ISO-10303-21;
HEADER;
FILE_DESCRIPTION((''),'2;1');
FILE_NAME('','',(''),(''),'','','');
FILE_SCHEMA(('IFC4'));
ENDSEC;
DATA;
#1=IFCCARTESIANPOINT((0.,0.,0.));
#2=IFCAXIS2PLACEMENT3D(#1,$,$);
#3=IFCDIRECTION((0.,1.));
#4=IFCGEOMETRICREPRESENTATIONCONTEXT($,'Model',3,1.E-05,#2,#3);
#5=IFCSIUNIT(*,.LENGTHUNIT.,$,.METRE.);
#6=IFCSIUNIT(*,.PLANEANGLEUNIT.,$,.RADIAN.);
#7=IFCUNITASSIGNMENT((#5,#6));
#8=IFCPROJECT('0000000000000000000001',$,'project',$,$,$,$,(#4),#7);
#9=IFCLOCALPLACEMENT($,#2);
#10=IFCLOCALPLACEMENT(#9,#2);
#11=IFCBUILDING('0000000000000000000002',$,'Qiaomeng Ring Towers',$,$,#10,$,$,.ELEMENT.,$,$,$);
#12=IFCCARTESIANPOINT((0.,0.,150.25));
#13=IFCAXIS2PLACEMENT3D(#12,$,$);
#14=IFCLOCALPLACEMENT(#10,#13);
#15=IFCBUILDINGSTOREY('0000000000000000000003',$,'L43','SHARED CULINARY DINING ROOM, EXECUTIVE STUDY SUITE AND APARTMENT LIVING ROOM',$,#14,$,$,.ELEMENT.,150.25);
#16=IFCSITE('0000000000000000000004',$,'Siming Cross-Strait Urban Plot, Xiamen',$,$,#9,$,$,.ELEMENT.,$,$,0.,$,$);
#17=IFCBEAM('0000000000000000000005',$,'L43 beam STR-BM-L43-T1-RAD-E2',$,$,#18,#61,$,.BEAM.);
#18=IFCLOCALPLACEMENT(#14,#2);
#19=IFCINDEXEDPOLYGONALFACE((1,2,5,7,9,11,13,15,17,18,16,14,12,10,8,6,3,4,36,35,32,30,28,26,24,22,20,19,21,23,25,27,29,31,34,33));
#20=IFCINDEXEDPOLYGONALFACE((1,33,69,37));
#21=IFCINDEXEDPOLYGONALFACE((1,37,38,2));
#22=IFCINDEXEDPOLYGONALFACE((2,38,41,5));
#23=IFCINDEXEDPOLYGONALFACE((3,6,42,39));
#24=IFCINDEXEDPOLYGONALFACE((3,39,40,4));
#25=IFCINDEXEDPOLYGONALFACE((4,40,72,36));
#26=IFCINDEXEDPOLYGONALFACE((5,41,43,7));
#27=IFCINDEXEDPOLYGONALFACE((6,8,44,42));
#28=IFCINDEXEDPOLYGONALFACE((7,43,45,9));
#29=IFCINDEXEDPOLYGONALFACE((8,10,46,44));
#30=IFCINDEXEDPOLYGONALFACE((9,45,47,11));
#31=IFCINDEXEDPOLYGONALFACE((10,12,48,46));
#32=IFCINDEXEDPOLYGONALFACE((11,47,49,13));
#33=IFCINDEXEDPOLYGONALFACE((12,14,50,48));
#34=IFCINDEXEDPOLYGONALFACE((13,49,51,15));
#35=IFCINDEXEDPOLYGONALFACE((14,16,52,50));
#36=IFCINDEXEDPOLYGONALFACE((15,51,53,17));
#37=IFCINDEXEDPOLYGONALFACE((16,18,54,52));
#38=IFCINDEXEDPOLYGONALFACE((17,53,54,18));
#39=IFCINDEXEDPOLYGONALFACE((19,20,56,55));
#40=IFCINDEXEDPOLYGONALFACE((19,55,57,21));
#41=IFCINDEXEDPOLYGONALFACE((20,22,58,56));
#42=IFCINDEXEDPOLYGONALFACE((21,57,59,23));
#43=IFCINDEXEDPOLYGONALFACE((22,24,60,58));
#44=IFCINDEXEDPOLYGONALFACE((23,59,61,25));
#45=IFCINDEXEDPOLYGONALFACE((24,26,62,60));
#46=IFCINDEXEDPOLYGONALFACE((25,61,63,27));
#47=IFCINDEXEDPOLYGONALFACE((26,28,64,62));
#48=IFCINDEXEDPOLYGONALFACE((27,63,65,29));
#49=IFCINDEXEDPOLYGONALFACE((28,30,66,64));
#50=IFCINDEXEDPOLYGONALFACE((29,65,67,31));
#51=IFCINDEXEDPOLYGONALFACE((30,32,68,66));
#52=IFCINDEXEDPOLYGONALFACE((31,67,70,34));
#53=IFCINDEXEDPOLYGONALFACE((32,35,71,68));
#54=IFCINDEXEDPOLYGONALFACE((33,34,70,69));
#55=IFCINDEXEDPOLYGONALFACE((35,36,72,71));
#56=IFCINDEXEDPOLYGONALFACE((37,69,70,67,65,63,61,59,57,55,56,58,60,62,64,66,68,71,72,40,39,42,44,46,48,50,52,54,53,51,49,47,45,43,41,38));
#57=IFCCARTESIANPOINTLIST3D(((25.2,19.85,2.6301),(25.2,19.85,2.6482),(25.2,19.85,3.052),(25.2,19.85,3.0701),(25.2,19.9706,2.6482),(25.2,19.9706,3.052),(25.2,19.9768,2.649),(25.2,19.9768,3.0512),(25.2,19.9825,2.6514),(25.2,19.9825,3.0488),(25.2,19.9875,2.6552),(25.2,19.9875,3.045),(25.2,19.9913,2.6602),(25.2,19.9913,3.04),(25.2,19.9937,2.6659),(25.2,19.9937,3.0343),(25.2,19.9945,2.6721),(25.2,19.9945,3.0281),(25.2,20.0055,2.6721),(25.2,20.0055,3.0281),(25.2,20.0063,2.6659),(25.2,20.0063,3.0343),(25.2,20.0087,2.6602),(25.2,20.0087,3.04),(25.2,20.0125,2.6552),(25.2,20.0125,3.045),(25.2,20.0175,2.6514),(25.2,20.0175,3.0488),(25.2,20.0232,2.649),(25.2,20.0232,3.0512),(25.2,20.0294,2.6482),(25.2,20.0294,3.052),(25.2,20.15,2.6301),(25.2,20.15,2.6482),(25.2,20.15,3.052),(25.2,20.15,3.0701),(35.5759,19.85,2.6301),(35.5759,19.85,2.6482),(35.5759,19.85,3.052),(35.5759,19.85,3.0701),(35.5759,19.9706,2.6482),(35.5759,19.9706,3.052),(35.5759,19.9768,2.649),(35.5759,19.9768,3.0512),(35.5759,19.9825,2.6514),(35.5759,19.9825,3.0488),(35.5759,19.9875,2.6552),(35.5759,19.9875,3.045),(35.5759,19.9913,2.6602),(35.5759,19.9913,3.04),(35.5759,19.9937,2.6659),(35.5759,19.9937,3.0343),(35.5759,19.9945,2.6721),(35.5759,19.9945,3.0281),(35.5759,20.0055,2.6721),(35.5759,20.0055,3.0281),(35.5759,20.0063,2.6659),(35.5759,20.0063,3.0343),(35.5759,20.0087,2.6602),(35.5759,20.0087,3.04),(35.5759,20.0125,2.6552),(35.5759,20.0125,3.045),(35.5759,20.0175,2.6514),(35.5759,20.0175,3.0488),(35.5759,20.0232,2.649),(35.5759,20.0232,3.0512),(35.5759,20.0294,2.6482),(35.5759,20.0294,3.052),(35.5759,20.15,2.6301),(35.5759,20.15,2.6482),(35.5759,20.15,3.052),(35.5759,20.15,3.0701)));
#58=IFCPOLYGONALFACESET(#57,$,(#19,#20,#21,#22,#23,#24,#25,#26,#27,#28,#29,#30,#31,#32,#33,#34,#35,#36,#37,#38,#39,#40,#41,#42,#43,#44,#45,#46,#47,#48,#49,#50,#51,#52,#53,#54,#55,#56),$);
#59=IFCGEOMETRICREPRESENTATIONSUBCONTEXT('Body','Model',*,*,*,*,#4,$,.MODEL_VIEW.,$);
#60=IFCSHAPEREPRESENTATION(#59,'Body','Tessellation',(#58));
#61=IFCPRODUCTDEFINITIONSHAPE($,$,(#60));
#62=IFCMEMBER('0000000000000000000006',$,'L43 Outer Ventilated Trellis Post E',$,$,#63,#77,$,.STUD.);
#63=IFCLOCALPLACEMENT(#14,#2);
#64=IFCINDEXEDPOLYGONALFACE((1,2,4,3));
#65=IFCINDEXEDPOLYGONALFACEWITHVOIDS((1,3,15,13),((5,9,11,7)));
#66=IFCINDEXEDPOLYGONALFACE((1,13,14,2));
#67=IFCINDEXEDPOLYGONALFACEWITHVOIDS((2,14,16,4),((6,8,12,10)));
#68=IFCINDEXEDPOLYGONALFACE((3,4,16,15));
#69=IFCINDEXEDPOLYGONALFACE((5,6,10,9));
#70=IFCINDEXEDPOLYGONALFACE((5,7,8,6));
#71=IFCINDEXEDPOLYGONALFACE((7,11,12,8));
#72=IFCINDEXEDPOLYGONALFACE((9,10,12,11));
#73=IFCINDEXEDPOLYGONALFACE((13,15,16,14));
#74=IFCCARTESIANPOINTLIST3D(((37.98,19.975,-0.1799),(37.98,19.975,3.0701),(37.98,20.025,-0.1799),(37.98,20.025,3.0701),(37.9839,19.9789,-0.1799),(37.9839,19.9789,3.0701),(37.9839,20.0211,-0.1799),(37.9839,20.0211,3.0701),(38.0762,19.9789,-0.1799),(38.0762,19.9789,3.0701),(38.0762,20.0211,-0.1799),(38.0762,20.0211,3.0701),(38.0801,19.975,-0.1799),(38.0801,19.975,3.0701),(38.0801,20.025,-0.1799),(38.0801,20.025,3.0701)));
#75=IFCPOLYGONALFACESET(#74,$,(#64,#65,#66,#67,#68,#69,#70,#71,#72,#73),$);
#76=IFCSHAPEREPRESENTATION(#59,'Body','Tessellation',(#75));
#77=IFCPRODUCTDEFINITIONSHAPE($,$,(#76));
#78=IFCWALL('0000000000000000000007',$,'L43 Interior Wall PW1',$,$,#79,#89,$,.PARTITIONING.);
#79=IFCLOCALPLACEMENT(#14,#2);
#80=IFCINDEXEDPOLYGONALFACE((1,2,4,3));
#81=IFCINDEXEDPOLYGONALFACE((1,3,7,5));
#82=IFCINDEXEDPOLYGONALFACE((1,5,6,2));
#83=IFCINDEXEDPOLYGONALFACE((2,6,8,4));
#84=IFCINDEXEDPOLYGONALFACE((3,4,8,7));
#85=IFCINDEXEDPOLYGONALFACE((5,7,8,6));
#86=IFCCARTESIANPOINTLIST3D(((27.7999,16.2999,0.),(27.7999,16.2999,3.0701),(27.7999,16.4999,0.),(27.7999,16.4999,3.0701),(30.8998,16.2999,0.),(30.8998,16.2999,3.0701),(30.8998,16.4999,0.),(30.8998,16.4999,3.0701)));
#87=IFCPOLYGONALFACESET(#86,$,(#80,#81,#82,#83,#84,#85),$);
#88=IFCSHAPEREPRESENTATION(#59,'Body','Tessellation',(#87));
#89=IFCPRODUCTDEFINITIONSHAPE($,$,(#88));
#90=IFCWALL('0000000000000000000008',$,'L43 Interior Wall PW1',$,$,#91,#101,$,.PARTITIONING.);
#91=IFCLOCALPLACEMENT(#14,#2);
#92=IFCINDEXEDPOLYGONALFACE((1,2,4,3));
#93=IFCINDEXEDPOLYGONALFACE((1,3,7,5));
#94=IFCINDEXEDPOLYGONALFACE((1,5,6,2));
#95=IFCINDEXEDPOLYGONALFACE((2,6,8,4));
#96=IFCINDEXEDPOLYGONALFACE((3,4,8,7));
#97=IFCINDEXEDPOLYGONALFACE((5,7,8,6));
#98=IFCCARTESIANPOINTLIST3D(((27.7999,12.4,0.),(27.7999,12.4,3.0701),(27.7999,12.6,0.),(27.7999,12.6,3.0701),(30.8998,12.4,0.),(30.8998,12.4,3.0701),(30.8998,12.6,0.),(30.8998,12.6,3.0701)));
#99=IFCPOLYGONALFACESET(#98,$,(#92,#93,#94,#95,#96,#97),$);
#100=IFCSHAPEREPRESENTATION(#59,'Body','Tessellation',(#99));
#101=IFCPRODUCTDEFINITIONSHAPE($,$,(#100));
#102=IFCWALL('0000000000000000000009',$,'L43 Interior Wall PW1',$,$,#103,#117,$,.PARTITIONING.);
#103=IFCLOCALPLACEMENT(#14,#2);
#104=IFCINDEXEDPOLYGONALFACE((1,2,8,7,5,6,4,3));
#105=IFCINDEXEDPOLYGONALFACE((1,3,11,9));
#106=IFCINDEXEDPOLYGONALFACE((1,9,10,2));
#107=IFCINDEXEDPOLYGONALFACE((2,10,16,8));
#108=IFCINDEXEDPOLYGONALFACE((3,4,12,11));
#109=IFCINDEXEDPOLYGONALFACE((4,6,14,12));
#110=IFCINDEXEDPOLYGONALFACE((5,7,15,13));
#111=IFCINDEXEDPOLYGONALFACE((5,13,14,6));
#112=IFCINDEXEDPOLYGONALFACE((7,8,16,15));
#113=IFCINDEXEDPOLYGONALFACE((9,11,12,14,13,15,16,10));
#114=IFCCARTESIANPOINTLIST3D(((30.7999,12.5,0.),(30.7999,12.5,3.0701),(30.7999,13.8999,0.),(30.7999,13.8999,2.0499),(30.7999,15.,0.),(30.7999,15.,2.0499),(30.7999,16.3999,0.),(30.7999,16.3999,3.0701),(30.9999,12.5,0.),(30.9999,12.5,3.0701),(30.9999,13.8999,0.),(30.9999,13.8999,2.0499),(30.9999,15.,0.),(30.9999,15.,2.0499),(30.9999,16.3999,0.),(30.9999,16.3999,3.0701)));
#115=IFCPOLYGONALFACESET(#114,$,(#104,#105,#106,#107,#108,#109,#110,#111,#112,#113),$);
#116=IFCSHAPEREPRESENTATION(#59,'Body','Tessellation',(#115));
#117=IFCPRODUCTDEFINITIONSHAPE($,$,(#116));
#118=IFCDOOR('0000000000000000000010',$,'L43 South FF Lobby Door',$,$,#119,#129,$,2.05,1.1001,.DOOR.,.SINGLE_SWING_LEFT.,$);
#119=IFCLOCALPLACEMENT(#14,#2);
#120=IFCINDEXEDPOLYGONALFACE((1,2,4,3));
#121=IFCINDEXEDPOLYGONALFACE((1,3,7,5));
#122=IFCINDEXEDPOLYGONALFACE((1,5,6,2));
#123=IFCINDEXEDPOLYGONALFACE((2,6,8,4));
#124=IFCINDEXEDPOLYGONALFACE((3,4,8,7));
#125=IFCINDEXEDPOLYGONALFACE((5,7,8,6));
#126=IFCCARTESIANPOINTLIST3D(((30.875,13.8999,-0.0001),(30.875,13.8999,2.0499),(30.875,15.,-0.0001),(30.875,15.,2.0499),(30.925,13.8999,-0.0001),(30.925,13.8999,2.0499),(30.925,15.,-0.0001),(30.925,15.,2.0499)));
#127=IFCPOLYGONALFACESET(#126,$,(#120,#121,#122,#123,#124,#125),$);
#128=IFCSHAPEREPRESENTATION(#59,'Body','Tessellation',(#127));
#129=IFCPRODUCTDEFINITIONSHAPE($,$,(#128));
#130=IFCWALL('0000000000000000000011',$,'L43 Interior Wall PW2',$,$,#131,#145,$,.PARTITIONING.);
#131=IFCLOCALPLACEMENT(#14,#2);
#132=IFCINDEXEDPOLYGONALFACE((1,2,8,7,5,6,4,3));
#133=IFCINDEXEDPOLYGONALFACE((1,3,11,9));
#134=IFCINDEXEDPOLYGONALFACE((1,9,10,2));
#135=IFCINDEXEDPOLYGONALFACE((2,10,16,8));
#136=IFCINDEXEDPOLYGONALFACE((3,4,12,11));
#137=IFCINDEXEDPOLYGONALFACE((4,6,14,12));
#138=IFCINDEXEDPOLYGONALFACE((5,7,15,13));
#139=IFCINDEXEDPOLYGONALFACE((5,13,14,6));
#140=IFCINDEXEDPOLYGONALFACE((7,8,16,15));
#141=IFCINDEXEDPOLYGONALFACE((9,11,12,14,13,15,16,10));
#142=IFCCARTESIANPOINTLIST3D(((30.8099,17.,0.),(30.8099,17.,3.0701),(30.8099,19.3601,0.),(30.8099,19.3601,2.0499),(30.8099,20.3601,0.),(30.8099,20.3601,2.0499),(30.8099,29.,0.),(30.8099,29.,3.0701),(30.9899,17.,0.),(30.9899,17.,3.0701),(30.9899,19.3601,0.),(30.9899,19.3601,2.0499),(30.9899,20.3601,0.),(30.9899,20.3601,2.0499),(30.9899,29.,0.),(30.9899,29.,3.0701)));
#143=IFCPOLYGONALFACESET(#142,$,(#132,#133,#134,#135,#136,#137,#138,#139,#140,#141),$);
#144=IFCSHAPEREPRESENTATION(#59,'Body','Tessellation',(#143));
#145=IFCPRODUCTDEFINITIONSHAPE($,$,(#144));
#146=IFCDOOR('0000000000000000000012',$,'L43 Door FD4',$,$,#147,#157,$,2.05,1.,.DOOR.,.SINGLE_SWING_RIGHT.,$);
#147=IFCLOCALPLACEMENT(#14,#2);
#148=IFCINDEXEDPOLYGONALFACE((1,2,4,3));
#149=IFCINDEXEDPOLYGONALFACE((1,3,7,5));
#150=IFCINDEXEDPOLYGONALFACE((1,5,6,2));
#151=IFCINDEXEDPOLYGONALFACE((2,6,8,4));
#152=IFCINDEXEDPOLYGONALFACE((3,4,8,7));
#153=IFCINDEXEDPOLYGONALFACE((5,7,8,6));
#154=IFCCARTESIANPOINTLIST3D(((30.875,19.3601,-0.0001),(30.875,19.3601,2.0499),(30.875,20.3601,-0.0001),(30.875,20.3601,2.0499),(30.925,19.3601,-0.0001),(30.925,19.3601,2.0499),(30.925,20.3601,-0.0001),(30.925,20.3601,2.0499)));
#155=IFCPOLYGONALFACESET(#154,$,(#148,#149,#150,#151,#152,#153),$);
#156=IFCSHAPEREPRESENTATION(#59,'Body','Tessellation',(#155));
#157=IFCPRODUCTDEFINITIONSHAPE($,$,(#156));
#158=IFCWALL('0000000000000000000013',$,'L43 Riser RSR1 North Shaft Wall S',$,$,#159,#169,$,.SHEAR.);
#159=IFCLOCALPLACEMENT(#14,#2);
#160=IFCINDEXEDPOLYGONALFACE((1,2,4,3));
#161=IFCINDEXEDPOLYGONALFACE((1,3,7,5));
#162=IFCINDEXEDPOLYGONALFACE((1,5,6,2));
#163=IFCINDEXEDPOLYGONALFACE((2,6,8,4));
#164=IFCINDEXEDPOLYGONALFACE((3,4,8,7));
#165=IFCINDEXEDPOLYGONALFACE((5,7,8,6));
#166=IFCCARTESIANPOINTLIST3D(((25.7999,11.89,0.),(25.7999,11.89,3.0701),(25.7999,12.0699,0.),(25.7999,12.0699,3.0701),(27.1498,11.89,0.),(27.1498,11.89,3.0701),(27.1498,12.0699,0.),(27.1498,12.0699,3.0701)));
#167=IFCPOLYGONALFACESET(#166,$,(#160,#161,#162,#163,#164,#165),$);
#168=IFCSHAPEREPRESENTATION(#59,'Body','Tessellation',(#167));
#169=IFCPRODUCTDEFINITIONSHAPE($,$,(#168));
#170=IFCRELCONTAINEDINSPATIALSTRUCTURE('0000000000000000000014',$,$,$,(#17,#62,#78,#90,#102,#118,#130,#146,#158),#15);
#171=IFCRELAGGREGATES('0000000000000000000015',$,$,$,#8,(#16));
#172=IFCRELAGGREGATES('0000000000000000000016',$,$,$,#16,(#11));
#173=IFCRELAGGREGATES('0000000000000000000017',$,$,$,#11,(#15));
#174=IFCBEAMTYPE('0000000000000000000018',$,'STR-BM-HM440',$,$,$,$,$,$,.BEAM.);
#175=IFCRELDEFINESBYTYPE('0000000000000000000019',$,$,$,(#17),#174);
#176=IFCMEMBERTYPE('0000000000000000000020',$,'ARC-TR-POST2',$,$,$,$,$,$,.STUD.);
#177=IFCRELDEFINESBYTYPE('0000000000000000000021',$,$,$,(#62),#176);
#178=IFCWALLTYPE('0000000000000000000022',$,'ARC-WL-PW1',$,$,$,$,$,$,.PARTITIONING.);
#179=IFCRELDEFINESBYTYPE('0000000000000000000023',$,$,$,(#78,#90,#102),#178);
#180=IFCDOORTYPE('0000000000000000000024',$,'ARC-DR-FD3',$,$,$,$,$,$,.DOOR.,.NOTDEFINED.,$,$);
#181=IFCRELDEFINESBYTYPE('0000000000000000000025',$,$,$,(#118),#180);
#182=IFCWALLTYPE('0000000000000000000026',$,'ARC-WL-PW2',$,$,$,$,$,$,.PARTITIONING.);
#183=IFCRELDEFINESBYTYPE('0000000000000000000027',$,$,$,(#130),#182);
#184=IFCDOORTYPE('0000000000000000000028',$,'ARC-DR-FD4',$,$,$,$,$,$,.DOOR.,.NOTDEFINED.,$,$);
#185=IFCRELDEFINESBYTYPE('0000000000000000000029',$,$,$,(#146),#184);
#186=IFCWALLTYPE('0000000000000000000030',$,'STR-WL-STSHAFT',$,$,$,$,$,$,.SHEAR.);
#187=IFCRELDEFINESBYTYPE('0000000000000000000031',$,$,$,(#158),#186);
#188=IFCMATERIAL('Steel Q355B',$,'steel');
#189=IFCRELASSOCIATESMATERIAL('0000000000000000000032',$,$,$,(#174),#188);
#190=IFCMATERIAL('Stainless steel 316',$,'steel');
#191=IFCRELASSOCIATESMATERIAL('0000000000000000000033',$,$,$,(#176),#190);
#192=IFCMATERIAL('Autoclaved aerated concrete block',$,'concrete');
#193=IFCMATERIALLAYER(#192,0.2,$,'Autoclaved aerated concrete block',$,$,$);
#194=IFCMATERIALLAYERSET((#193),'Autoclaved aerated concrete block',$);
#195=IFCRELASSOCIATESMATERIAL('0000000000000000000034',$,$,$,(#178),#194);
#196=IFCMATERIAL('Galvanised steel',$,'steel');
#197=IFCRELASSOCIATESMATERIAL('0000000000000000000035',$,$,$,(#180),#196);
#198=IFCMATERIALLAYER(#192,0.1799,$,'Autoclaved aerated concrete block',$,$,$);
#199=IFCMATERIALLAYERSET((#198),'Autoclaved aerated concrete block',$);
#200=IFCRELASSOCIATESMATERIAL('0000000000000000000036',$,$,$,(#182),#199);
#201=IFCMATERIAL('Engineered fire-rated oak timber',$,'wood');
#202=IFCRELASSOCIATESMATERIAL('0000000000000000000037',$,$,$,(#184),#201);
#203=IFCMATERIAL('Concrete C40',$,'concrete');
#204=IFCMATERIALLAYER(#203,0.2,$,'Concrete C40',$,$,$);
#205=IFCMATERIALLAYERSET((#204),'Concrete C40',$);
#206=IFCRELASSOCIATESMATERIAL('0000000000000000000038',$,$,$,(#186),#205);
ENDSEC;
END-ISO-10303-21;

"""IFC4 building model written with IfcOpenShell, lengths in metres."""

from ifc_helpers import new_model, si_unit, direction, frame, frame_2d, origin, origin_2d, place, context, subcontext, project, spatial, rectangle, hollow_rectangle, i_section, extrude, source, transform, mapped, material, layer, layer_set, material_profile, profile_set, type_object, element, fill, save


model = new_model("IFC4")

# Units and contexts
model_context = context("Model", 3, precision=1e-05, world=origin(), true_north=direction((0.0, 1.0)))
body_context = subcontext(model_context, "Body", "Model", "MODEL_VIEW")
ifc_project = project(units=[si_unit("LENGTHUNIT", "METRE"), si_unit("PLANEANGLEUNIT", "RADIAN")], contexts=[model_context])

# Site, building, storey
site_placement = place(None, origin())
site = spatial("IfcSite", under=ifc_project, at=site_placement, Name="Siming Cross-Strait Urban Plot, Xiamen", CompositionType="ELEMENT", RefElevation=0.0)
building_placement = place(site_placement, origin())
building = spatial("IfcBuilding", under=site, at=building_placement, Name="Qiaomeng Ring Towers", CompositionType="ELEMENT")
storey_placement = place(building_placement, frame((0.0, 0.0, 150.25)))
storey = spatial("IfcBuildingStorey", under=building, at=storey_placement, Name="L43", Description="SHARED CULINARY DINING ROOM, EXECUTIVE STUDY SUITE AND APARTMENT LIVING ROOM", CompositionType="ELEMENT", Elevation=150.25)

# Beam
ifc_material_1 = material(Name="Steel Q355B", Category="steel")
ifc_material_profile_1 = material_profile(ifc_material_1, i_section(OverallWidth=0.3, OverallDepth=0.4399, WebThickness=0.011, FlangeThickness=0.0181, FilletRadius=0.0239, at=origin_2d()), Name="HM 440x300x11x18")
ifc_profile_set_1 = profile_set([ifc_material_profile_1], Name="Steel Q355B")
beam_type_1 = type_object("IfcBeamType", Name="STR-BM-HM440", PredefinedType="BEAM", material=ifc_profile_set_1)
shared_shape_1 = source(origin(), body_context, "Body", "SweptSolid", [
    extrude(i_section(OverallWidth=0.3, OverallDepth=0.4399, WebThickness=0.011, FlangeThickness=0.0181, FilletRadius=0.0239, at=origin_2d()), origin(), (0.0, 0.0, 1.0), 10.376),
])
beam_1_placement = place(storey_placement, frame((25.2, 20.0, 2.8501), z_axis=(1.0, 0.0, 0.0), x_axis=(0.0, 1.0, 0.0)))
element("IfcBeam", 1, at=beam_1_placement, inside=storey, type_object=beam_type_1, Name="L43 beam STR-BM-L43-T1-RAD-E2", PredefinedType="BEAM", context=body_context, shape_type="MappedRepresentation", body=[
    mapped(shared_shape_1, transform((0.0, 0.0, 0.0), x_axis=(1.0, 0.0, 0.0), y_axis=(0.0, 1.0, 0.0), z_axis=(0.0, 0.0, 1.0), scale=1.0)),
])

# Member
ifc_material_2 = material(Name="Stainless steel 316", Category="steel")
ifc_material_profile_2 = material_profile(ifc_material_2, hollow_rectangle(XDim=0.05, YDim=0.1001, WallThickness=0.0039, at=origin_2d()), Name="SS TRELLIS 100x50")
ifc_profile_set_2 = profile_set([ifc_material_profile_2], Name="Stainless steel 316")
member_type = type_object("IfcMemberType", Name="ARC-TR-POST2", PredefinedType="STUD", material=ifc_profile_set_2)
shared_shape_2 = source(origin(), body_context, "Body", "SweptSolid", [
    extrude(hollow_rectangle(XDim=0.05, YDim=0.1001, WallThickness=0.0039, at=origin_2d()), origin(), (0.0, 0.0, 1.0), 3.25),
])
member_placement = place(storey_placement, frame((38.03, 20.0, -0.1799), z_axis=(0.0, 0.0, 1.0), x_axis=(0.0, 1.0, 0.0)))
element("IfcMember", 2, at=member_placement, inside=storey, type_object=member_type, Name="L43 Outer Ventilated Trellis Post E", PredefinedType="STUD", context=body_context, shape_type="MappedRepresentation", body=[
    mapped(shared_shape_2, transform((0.0, 0.0, 0.0), x_axis=(1.0, 0.0, 0.0), y_axis=(0.0, 1.0, 0.0), z_axis=(0.0, 0.0, 1.0), scale=1.0)),
])

# Walls
ifc_material_3 = material(Name="Autoclaved aerated concrete block", Category="concrete")
ifc_layer_1 = layer(ifc_material_3, 0.2, Name="Autoclaved aerated concrete block")
ifc_layer_set_1 = layer_set([ifc_layer_1], Name="Autoclaved aerated concrete block")
wall_type_1 = type_object("IfcWallType", Name="ARC-WL-PW1", PredefinedType="PARTITIONING", material=ifc_layer_set_1)
for number, where, z_axis, x_axis, name in (
    (3, (27.8, 16.3999, 0.0), (0.0, 0.0, 1.0), (1.0, 0.0, 0.0), "L43 Interior Wall PW1"),
    (4, (27.8, 12.5, 0.0), (0.0, 0.0, 1.0), (1.0, 0.0, 0.0), "L43 Interior Wall PW1"),
):
    element("IfcWall", number, at=place(storey_placement, frame(where, z_axis=z_axis, x_axis=x_axis)), inside=storey, type_object=wall_type_1, Name=name, PredefinedType="PARTITIONING", context=body_context, shape_type="SweptSolid", body=[
        extrude(rectangle(XDim=3.0999, YDim=0.2, at=frame_2d((1.5498, 0.0))), origin(), (0.0, 0.0, 1.0), 3.0701),
    ])

# Walls, openings, doors
wall_1_placement = place(storey_placement, frame((30.8999, 12.5, 0.0), z_axis=(0.0, 0.0, 1.0), x_axis=(0.0, 1.0, 0.0)))
wall_1 = element("IfcWall", 5, at=wall_1_placement, inside=storey, type_object=wall_type_1, Name="L43 Interior Wall PW1", PredefinedType="PARTITIONING", context=body_context, shape_type="SweptSolid", body=[
    extrude(rectangle(XDim=3.8999, YDim=0.2, at=frame_2d((1.95, 0.0))), origin(), (0.0, 0.0, 1.0), 3.0701),
])
opening_1_placement = place(wall_1_placement, frame((1.3999, 0.0, 0.0)))
opening_1 = element("IfcOpeningElement", 6, at=opening_1_placement, cuts=wall_1, PredefinedType="OPENING", context=body_context, shape_type="SweptSolid", body=[
    extrude(rectangle(XDim=1.1001, YDim=2.05, at=frame_2d((0.55, 1.0249))), frame((0.0, 0.1099, 0.0), z_axis=(0.0, -1.0, 0.0), x_axis=(1.0, 0.0, 0.0)), (0.0, 0.0, 1.0), 0.22),
])
ifc_material_4 = material(Name="Galvanised steel", Category="steel")
door_type_1 = type_object("IfcDoorType", Name="ARC-DR-FD3", OperationType="NOTDEFINED", PredefinedType="DOOR", material=ifc_material_4)
shared_shape_3 = source(origin(), body_context, "Body", "SweptSolid", [
    extrude(rectangle(XDim=1.1001, YDim=2.05, at=frame_2d((0.55, 1.0249))), frame((0.0, 0.0249, 0.0), z_axis=(0.0, -1.0, 0.0), x_axis=(1.0, 0.0, 0.0)), (0.0, 0.0, 1.0), 0.05),
])
door_1_placement = place(opening_1_placement, origin())
door_1 = element("IfcDoor", 7, at=door_1_placement, inside=storey, type_object=door_type_1, Name="L43 South FF Lobby Door", OperationType="SINGLE_SWING_LEFT", OverallHeight=2.05, OverallWidth=1.1001, PredefinedType="DOOR", context=body_context, shape_type="MappedRepresentation", body=[
    mapped(shared_shape_3, transform((0.0, 0.0, 0.0), x_axis=(1.0, 0.0, 0.0), y_axis=(0.0, 1.0, 0.0), z_axis=(0.0, 0.0, 1.0), scale=1.0)),
])
fill(opening_1, door_1)
ifc_layer_2 = layer(ifc_material_3, 0.1799, Name="Autoclaved aerated concrete block")
ifc_layer_set_2 = layer_set([ifc_layer_2], Name="Autoclaved aerated concrete block")
wall_type_2 = type_object("IfcWallType", Name="ARC-WL-PW2", PredefinedType="PARTITIONING", material=ifc_layer_set_2)
wall_2_placement = place(storey_placement, frame((30.8999, 17.0, 0.0), z_axis=(0.0, 0.0, 1.0), x_axis=(0.0, 1.0, 0.0)))
wall_2 = element("IfcWall", 8, at=wall_2_placement, inside=storey, type_object=wall_type_2, Name="L43 Interior Wall PW2", PredefinedType="PARTITIONING", context=body_context, shape_type="SweptSolid", body=[
    extrude(rectangle(XDim=12.0, YDim=0.1799, at=frame_2d((6.0, 0.0))), origin(), (0.0, 0.0, 1.0), 3.0701),
])
opening_2_placement = place(wall_2_placement, frame((2.3601, 0.0, 0.0)))
opening_2 = element("IfcOpeningElement", 9, at=opening_2_placement, cuts=wall_2, PredefinedType="OPENING", context=body_context, shape_type="SweptSolid", body=[
    extrude(rectangle(XDim=1.0, YDim=2.05, at=frame_2d((0.5, 1.0249))), frame((0.0, 0.0999, 0.0), z_axis=(0.0, -1.0, 0.0), x_axis=(1.0, 0.0, 0.0)), (0.0, 0.0, 1.0), 0.2),
])
ifc_material_5 = material(Name="Engineered fire-rated oak timber", Category="wood")
door_type_2 = type_object("IfcDoorType", Name="ARC-DR-FD4", OperationType="NOTDEFINED", PredefinedType="DOOR", material=ifc_material_5)
shared_shape_4 = source(origin(), body_context, "Body", "SweptSolid", [
    extrude(rectangle(XDim=1.0, YDim=2.05, at=frame_2d((0.5, 1.0249))), frame((0.0, 0.0249, 0.0), z_axis=(0.0, -1.0, 0.0), x_axis=(1.0, 0.0, 0.0)), (0.0, 0.0, 1.0), 0.05),
])
door_2_placement = place(opening_2_placement, origin())
door_2 = element("IfcDoor", 10, at=door_2_placement, inside=storey, type_object=door_type_2, Name="L43 Door FD4", OperationType="SINGLE_SWING_RIGHT", OverallHeight=2.05, OverallWidth=1.0, PredefinedType="DOOR", context=body_context, shape_type="MappedRepresentation", body=[
    mapped(shared_shape_4, transform((0.0, 0.0, 0.0), x_axis=(1.0, 0.0, 0.0), y_axis=(0.0, 1.0, 0.0), z_axis=(0.0, 0.0, 1.0), scale=1.0)),
])
fill(opening_2, door_2)

# Wall
ifc_material_6 = material(Name="Concrete C40", Category="concrete")
ifc_layer_3 = layer(ifc_material_6, 0.2, Name="Concrete C40")
ifc_layer_set_3 = layer_set([ifc_layer_3], Name="Concrete C40")
wall_type_3 = type_object("IfcWallType", Name="STR-WL-STSHAFT", PredefinedType="SHEAR", material=ifc_layer_set_3)
for number, where, z_axis, x_axis, name in (
    (11, (25.8, 11.98, 0.0), (0.0, 0.0, 1.0), (1.0, 0.0, 0.0), "L43 Riser RSR1 North Shaft Wall S"),
):
    element("IfcWall", number, at=place(storey_placement, frame(where, z_axis=z_axis, x_axis=x_axis)), inside=storey, type_object=wall_type_3, Name=name, PredefinedType="SHEAR", context=body_context, shape_type="SweptSolid", body=[
        extrude(rectangle(XDim=1.3499, YDim=0.1799, at=frame_2d((0.6748, 0.0))), origin(), (0.0, 0.0, 1.0), 3.0701),
    ])

save(model, "model.ifc")
